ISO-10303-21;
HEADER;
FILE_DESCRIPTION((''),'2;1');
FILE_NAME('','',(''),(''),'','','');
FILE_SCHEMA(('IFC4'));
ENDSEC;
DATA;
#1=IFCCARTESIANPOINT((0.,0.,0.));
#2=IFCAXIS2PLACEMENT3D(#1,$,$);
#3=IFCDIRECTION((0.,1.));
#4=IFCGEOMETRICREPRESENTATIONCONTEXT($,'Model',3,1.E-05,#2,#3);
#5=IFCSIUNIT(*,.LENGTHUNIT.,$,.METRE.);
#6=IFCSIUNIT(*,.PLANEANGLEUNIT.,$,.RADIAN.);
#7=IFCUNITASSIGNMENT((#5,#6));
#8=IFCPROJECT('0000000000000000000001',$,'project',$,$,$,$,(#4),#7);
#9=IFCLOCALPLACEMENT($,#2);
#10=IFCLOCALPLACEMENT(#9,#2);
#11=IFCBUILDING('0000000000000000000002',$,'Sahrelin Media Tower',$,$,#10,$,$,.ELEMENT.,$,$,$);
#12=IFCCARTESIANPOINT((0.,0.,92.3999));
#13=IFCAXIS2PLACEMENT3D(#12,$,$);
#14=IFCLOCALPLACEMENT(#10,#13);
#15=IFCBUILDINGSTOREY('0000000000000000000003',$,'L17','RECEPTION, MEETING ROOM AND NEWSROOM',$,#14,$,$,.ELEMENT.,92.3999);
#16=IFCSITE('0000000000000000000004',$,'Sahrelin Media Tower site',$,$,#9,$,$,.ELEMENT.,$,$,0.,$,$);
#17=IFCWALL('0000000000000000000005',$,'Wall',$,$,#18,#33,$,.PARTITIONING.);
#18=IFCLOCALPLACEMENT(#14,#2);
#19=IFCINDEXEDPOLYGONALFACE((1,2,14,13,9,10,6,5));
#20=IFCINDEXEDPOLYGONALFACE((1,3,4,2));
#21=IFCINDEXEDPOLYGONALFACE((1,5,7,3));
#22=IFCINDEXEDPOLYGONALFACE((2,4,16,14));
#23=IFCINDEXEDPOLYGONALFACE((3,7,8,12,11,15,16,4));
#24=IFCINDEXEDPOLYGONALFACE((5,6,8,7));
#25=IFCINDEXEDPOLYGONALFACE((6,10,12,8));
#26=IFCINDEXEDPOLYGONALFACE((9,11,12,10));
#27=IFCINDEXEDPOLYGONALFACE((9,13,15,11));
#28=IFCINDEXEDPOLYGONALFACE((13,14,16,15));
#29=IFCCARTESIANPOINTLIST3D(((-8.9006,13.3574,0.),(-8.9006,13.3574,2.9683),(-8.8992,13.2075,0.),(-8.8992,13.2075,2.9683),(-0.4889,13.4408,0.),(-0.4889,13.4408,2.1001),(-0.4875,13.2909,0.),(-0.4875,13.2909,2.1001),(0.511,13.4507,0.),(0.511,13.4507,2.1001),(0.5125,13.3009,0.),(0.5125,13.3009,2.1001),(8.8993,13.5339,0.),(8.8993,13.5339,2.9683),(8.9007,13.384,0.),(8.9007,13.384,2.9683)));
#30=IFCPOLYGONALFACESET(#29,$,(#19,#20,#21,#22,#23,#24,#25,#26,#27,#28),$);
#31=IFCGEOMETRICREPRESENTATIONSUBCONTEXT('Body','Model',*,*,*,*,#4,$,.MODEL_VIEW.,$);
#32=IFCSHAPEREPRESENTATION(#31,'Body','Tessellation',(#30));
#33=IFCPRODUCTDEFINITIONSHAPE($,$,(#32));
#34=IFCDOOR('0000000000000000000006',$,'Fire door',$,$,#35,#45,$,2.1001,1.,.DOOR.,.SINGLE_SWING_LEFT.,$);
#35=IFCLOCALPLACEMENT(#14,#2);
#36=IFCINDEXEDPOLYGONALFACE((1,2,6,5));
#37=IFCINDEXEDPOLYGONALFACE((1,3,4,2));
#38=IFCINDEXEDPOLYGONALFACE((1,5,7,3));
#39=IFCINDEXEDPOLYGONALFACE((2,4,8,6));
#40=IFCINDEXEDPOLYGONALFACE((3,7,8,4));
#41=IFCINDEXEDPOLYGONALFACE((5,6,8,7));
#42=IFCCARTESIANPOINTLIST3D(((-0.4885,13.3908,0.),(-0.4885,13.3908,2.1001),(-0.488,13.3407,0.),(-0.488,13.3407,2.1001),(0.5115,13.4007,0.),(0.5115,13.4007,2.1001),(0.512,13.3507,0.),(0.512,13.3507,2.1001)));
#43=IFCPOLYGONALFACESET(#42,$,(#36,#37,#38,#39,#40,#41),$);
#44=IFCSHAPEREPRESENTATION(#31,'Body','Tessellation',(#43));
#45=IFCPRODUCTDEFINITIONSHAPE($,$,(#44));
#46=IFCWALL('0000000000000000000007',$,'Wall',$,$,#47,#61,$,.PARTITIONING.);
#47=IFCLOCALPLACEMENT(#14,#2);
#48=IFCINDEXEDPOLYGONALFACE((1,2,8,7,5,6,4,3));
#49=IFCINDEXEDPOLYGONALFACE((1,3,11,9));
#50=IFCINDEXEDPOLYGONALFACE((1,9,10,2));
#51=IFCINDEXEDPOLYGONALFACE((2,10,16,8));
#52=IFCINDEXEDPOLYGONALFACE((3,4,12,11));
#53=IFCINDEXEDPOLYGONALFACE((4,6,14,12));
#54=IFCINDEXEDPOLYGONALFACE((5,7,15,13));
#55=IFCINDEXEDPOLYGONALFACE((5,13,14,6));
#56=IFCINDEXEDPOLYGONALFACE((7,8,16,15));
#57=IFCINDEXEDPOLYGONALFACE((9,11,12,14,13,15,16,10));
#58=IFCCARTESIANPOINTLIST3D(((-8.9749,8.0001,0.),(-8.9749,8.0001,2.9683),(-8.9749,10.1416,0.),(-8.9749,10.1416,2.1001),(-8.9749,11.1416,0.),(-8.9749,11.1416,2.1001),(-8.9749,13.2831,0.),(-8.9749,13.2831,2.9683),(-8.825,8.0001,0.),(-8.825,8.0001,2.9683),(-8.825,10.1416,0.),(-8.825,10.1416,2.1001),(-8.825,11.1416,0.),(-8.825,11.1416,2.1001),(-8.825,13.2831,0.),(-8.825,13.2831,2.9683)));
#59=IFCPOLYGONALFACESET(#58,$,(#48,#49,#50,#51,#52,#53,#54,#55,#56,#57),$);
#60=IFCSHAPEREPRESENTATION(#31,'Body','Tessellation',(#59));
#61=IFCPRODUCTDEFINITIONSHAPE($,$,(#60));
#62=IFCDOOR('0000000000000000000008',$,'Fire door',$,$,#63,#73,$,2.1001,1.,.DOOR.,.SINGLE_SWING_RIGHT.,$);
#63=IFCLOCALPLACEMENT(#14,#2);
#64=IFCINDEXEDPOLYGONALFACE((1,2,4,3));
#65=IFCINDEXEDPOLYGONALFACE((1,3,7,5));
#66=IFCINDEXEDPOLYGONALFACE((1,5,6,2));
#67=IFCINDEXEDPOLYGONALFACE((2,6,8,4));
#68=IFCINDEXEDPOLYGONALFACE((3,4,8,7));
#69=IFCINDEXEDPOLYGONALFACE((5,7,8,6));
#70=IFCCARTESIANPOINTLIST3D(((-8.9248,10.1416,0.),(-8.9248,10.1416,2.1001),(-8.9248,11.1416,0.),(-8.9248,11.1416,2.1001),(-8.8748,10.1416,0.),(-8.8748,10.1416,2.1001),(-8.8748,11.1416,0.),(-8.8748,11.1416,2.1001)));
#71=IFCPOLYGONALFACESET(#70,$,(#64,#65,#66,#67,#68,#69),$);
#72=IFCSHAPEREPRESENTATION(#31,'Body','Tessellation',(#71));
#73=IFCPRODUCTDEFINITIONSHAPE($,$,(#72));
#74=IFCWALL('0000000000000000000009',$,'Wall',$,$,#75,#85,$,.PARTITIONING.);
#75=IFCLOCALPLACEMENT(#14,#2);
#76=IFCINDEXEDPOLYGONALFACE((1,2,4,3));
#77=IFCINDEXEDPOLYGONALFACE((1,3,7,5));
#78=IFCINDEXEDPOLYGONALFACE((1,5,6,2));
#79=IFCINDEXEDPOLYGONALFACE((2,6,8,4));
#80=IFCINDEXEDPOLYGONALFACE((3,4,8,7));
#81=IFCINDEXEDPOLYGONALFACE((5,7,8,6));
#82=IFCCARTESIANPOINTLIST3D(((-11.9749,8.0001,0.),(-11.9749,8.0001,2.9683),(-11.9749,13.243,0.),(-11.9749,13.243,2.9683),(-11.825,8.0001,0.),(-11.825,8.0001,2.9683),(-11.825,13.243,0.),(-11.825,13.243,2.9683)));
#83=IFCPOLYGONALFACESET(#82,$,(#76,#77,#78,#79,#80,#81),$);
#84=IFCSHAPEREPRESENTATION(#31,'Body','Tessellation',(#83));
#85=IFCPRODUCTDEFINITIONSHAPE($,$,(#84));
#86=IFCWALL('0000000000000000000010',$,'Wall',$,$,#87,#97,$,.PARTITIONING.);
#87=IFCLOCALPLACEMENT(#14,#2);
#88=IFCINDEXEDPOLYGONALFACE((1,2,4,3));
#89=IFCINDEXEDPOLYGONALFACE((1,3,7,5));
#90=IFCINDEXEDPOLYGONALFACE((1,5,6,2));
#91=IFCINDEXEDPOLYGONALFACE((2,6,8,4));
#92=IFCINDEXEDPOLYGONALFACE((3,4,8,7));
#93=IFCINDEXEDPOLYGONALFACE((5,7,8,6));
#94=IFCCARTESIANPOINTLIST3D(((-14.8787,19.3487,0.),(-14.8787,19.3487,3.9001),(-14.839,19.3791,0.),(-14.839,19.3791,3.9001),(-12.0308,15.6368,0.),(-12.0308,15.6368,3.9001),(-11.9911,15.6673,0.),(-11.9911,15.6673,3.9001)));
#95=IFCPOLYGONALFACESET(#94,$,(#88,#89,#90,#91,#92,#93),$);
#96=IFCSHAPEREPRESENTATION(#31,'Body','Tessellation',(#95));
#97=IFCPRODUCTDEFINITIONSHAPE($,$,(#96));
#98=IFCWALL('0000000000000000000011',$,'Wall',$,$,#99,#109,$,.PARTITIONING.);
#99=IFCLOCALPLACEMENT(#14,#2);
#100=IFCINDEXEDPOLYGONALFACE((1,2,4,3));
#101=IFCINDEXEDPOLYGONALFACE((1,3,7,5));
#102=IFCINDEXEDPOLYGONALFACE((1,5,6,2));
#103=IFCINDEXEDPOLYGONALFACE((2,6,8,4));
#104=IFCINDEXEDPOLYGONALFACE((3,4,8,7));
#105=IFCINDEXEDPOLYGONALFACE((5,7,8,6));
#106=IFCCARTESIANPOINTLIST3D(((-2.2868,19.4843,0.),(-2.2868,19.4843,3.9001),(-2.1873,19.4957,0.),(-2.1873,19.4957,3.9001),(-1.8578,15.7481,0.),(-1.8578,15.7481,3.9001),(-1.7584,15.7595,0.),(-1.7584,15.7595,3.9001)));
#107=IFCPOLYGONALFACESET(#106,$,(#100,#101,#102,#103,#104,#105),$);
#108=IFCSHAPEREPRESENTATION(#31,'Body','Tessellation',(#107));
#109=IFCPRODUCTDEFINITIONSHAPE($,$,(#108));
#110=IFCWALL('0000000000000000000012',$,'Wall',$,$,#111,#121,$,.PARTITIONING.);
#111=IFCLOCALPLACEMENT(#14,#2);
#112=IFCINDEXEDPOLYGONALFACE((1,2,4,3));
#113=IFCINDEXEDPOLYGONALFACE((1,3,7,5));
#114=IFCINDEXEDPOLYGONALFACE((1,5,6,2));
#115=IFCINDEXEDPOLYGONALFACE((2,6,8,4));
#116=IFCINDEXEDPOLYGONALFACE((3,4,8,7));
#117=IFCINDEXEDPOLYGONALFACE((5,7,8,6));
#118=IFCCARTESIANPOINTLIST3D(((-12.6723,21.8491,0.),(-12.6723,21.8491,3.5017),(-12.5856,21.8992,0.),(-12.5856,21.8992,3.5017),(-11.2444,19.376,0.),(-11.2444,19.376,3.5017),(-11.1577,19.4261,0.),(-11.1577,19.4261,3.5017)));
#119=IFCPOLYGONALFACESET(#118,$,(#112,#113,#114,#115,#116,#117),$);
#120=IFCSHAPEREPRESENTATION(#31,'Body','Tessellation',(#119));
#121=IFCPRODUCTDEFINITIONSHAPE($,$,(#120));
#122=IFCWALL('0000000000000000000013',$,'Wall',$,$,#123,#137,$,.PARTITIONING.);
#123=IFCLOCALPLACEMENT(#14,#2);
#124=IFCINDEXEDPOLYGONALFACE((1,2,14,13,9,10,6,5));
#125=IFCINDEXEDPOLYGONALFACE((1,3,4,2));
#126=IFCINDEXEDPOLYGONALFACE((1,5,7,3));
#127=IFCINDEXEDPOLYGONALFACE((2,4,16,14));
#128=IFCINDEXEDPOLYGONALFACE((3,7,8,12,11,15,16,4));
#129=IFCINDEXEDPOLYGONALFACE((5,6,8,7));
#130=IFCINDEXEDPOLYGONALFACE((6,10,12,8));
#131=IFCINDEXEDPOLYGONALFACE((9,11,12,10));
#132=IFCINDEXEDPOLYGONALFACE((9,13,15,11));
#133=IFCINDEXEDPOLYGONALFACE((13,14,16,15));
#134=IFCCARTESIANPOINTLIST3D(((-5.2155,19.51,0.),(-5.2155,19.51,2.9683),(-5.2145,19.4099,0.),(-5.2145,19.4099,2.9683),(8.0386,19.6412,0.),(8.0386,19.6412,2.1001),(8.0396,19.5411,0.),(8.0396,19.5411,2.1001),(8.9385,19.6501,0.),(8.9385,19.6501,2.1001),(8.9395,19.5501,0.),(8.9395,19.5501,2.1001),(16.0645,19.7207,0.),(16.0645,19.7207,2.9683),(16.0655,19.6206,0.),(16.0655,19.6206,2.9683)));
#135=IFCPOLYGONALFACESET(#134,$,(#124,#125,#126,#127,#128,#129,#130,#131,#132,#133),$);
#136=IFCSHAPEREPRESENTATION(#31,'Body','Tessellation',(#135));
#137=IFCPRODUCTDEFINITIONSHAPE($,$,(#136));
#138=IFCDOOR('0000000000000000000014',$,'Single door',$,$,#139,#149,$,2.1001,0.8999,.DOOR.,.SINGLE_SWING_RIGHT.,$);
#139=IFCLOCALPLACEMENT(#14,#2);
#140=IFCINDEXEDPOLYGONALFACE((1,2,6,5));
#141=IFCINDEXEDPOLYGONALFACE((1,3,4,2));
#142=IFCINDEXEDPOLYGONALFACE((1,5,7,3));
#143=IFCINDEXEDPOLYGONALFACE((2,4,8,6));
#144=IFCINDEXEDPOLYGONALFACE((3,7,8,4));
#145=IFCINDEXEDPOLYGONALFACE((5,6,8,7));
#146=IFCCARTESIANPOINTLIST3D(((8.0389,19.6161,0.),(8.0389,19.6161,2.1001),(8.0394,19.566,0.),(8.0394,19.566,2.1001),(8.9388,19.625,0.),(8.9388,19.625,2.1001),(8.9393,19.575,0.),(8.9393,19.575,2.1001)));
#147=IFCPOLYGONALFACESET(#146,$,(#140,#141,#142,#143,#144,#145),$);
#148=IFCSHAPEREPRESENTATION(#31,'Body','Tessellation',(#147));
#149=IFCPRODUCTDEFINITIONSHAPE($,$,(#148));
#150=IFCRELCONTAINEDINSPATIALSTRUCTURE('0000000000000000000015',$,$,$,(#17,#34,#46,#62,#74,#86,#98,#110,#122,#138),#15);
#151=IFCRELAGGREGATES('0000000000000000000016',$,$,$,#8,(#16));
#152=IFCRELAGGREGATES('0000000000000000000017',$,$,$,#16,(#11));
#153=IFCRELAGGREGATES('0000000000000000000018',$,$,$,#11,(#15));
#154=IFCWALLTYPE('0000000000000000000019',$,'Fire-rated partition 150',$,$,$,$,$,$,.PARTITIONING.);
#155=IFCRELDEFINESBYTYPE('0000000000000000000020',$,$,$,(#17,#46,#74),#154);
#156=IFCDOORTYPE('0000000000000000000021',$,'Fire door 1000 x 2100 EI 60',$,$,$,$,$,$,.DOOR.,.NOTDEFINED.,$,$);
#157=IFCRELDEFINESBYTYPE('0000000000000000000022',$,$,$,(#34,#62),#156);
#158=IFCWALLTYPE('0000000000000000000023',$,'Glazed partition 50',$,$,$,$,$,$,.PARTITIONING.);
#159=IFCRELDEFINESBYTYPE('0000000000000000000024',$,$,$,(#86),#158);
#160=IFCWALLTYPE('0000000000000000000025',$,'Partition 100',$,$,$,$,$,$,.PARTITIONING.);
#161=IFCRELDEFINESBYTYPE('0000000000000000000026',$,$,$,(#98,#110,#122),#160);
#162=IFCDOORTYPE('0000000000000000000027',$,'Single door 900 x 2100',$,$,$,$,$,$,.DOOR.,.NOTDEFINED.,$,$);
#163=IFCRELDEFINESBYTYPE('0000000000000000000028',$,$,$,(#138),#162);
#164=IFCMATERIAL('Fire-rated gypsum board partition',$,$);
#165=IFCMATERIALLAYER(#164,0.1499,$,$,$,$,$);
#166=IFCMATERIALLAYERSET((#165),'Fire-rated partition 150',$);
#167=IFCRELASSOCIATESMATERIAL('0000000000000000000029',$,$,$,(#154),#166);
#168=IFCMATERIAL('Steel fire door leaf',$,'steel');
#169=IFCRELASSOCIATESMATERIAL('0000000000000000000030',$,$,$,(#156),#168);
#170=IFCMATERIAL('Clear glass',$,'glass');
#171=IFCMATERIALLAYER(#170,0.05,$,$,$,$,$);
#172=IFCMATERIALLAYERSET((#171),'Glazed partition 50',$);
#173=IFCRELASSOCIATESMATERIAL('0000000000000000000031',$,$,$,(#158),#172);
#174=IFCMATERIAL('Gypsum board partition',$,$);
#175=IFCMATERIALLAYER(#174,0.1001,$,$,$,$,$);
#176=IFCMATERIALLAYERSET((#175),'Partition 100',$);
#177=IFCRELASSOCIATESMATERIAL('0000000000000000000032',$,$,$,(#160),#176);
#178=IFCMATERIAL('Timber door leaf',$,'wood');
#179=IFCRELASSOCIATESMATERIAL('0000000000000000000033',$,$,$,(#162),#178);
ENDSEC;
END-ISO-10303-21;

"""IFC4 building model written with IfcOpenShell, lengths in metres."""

from ifc_helpers import new_model, si_unit, direction, frame, frame_2d, origin, place, context, subcontext, project, spatial, rectangle, extrude, material, layer, layer_set, type_object, element, fill, save


model = new_model("IFC4")

# Units and contexts
model_context = context("Model", 3, precision=1e-05, world=origin(), true_north=direction((0.0, 1.0)))
body_context = subcontext(model_context, "Body", "Model", "MODEL_VIEW")
ifc_project = project(units=[si_unit("LENGTHUNIT", "METRE"), si_unit("PLANEANGLEUNIT", "RADIAN")], contexts=[model_context])

# Site, building, storey
site_placement = place(None, origin())
site = spatial("IfcSite", under=ifc_project, at=site_placement, Name="Sahrelin Media Tower site", CompositionType="ELEMENT", RefElevation=0.0)
building_placement = place(site_placement, origin())
building = spatial("IfcBuilding", under=site, at=building_placement, Name="Sahrelin Media Tower", CompositionType="ELEMENT")
storey_placement = place(building_placement, frame((0.0, 0.0, 92.3999)))
storey = spatial("IfcBuildingStorey", under=building, at=storey_placement, Name="L17", Description="RECEPTION, MEETING ROOM AND NEWSROOM", CompositionType="ELEMENT", Elevation=92.3999)

# Shared definitions
ifc_material_1 = material(Name="Fire-rated gypsum board partition")
ifc_layer_1 = layer(ifc_material_1, 0.1499)
ifc_layer_set_1 = layer_set([ifc_layer_1], Name="Fire-rated partition 150")
wall_type_1 = type_object("IfcWallType", Name="Fire-rated partition 150", PredefinedType="PARTITIONING", material=ifc_layer_set_1)

# Walls, openings, doors
wall_1_placement = place(storey_placement, frame((-8.8999, 13.2825, 0.0), z_axis=(0.0, 0.0, 1.0), x_axis=(0.999951, 0.009916, 0.0)))
wall_1 = element("IfcWall", 1, at=wall_1_placement, inside=storey, type_object=wall_type_1, Name="Wall", PredefinedType="PARTITIONING", context=body_context, shape_type="SweptSolid", body=[
    extrude(rectangle(XDim=17.8008, YDim=0.1499, at=frame_2d((8.9004, 0.0))), origin(), (0.0, 0.0, 1.0), 2.9683),
])
opening_1_placement = place(wall_1_placement, frame((8.4121, 0.0, 0.0)))
opening_1 = element("IfcOpeningElement", 2, at=opening_1_placement, cuts=wall_1, PredefinedType="OPENING", context=body_context, shape_type="SweptSolid", body=[
    extrude(rectangle(XDim=1.0, YDim=2.1001, at=frame_2d((0.5, 1.05))), frame((0.0, 0.075, 0.0), z_axis=(0.0, -1.0, 0.0), x_axis=(1.0, 0.0, 0.0)), (0.0, 0.0, 1.0), 0.1499),
])
ifc_material_2 = material(Name="Steel fire door leaf", Category="steel")
door_type_1 = type_object("IfcDoorType", Name="Fire door 1000 x 2100 EI 60", OperationType="NOTDEFINED", PredefinedType="DOOR", material=ifc_material_2)
door_1_placement = place(opening_1_placement, origin())
door_1 = element("IfcDoor", 3, at=door_1_placement, inside=storey, type_object=door_type_1, Name="Fire door", OperationType="SINGLE_SWING_LEFT", OverallHeight=2.1001, OverallWidth=1.0, PredefinedType="DOOR", context=body_context, shape_type="SweptSolid", body=[
    extrude(rectangle(XDim=1.0, YDim=2.1001, at=frame_2d((0.5, 1.05))), frame((0.0, 0.0249, 0.0), z_axis=(0.0, -1.0, 0.0), x_axis=(1.0, 0.0, 0.0)), (0.0, 0.0, 1.0), 0.05),
])
fill(opening_1, door_1)
wall_2_placement = place(storey_placement, frame((-8.8999, 8.0, 0.0), z_axis=(0.0, 0.0, 1.0), x_axis=(0.0, 1.0, 0.0)))
wall_2 = element("IfcWall", 4, at=wall_2_placement, inside=storey, type_object=wall_type_1, Name="Wall", PredefinedType="PARTITIONING", context=body_context, shape_type="SweptSolid", body=[
    extrude(rectangle(XDim=5.283, YDim=0.1499, at=frame_2d((2.6416, 0.0))), origin(), (0.0, 0.0, 1.0), 2.9683),
])
opening_2_placement = place(wall_2_placement, frame((2.1416, 0.0, 0.0)))
opening_2 = element("IfcOpeningElement", 5, at=opening_2_placement, cuts=wall_2, PredefinedType="OPENING", context=body_context, shape_type="SweptSolid", body=[
    extrude(rectangle(XDim=1.0, YDim=2.1001, at=frame_2d((0.5, 1.05))), frame((0.0, 0.075, 0.0), z_axis=(0.0, -1.0, 0.0), x_axis=(1.0, 0.0, 0.0)), (0.0, 0.0, 1.0), 0.1499),
])
door_2_placement = place(opening_2_placement, origin())
door_2 = element("IfcDoor", 6, at=door_2_placement, inside=storey, type_object=door_type_1, Name="Fire door", OperationType="SINGLE_SWING_RIGHT", OverallHeight=2.1001, OverallWidth=1.0, PredefinedType="DOOR", context=body_context, shape_type="SweptSolid", body=[
    extrude(rectangle(XDim=1.0, YDim=2.1001, at=frame_2d((0.5, 1.05))), frame((0.0, 0.0249, 0.0), z_axis=(0.0, -1.0, 0.0), x_axis=(1.0, 0.0, 0.0)), (0.0, 0.0, 1.0), 0.05),
])
fill(opening_2, door_2)

# Walls
wall_3_placement = place(storey_placement, frame((-11.8999, 8.0, 0.0), z_axis=(0.0, 0.0, 1.0), x_axis=(0.0, 1.0, 0.0)))
element("IfcWall", 7, at=wall_3_placement, inside=storey, type_object=wall_type_1, Name="Wall", PredefinedType="PARTITIONING", context=body_context, shape_type="SweptSolid", body=[
    extrude(rectangle(XDim=5.2429, YDim=0.1499, at=frame_2d((2.6216, 0.0))), origin(), (0.0, 0.0, 1.0), 2.9683),
])
ifc_material_3 = material(Name="Clear glass", Category="glass")
ifc_layer_2 = layer(ifc_material_3, 0.05)
ifc_layer_set_2 = layer_set([ifc_layer_2], Name="Glazed partition 50")
wall_type_2 = type_object("IfcWallType", Name="Glazed partition 50", PredefinedType="PARTITIONING", material=ifc_layer_set_2)
wall_4_placement = place(storey_placement, frame((-14.8589, 19.364, 0.0), z_axis=(0.0, 0.0, 1.0), x_axis=(0.608714, -0.79339, 0.0)))
element("IfcWall", 8, at=wall_4_placement, inside=storey, type_object=wall_type_2, Name="Wall", PredefinedType="PARTITIONING", context=body_context, shape_type="SweptSolid", body=[
    extrude(rectangle(XDim=4.6785, YDim=0.05, at=frame_2d((2.3394, 0.0))), origin(), (0.0, 0.0, 1.0), 3.9001),
])
ifc_material_4 = material(Name="Gypsum board partition")
ifc_layer_3 = layer(ifc_material_4, 0.1001)
ifc_layer_set_3 = layer_set([ifc_layer_3], Name="Partition 100")
wall_type_3 = type_object("IfcWallType", Name="Partition 100", PredefinedType="PARTITIONING", material=ifc_layer_set_3)
wall_5_placement = place(storey_placement, frame((-2.2371, 19.49, 0.0), z_axis=(0.0, 0.0, 1.0), x_axis=(0.114065, -0.993473, 0.0)))
element("IfcWall", 9, at=wall_5_placement, inside=storey, type_object=wall_type_3, Name="Wall", PredefinedType="PARTITIONING", context=body_context, shape_type="SweptSolid", body=[
    extrude(rectangle(XDim=3.7607, YDim=0.1001, at=frame_2d((1.8804, 0.0))), origin(), (0.0, 0.0, 1.0), 3.9001),
])
wall_6_placement = place(storey_placement, frame((-12.6289, 21.874, 0.0), z_axis=(0.0, 0.0, 1.0), x_axis=(0.500028, -0.866009, 0.0)))
element("IfcWall", 10, at=wall_6_placement, inside=storey, type_object=wall_type_3, Name="Wall", PredefinedType="PARTITIONING", context=body_context, shape_type="SweptSolid", body=[
    extrude(rectangle(XDim=2.8557, YDim=0.1001, at=frame_2d((1.4277, 0.0))), origin(), (0.0, 0.0, 1.0), 3.5017),
])

# Wall, opening, door
wall_7_placement = place(storey_placement, frame((-5.2151, 19.46, 0.0), z_axis=(0.0, 0.0, 1.0), x_axis=(0.999951, 0.009901, 0.0)))
wall_7 = element("IfcWall", 11, at=wall_7_placement, inside=storey, type_object=wall_type_3, Name="Wall", PredefinedType="PARTITIONING", context=body_context, shape_type="SweptSolid", body=[
    extrude(rectangle(XDim=21.281, YDim=0.1001, at=frame_2d((10.6406, 0.0))), origin(), (0.0, 0.0, 1.0), 2.9683),
])
opening_3_placement = place(wall_7_placement, frame((13.2549, 0.0, 0.0)))
opening_3 = element("IfcOpeningElement", 12, at=opening_3_placement, cuts=wall_7, PredefinedType="OPENING", context=body_context, shape_type="SweptSolid", body=[
    extrude(rectangle(XDim=0.8999, YDim=2.1001, at=frame_2d((0.45, 1.05))), frame((0.0, 0.05, 0.0), z_axis=(0.0, -1.0, 0.0), x_axis=(1.0, 0.0, 0.0)), (0.0, 0.0, 1.0), 0.1001),
])
ifc_material_5 = material(Name="Timber door leaf", Category="wood")
door_type_2 = type_object("IfcDoorType", Name="Single door 900 x 2100", OperationType="NOTDEFINED", PredefinedType="DOOR", material=ifc_material_5)
door_3_placement = place(opening_3_placement, origin())
door_3 = element("IfcDoor", 13, at=door_3_placement, inside=storey, type_object=door_type_2, Name="Single door", OperationType="SINGLE_SWING_RIGHT", OverallHeight=2.1001, OverallWidth=0.8999, PredefinedType="DOOR", context=body_context, shape_type="SweptSolid", body=[
    extrude(rectangle(XDim=0.8999, YDim=2.1001, at=frame_2d((0.45, 1.05))), frame((0.0, 0.0249, 0.0), z_axis=(0.0, -1.0, 0.0), x_axis=(1.0, 0.0, 0.0)), (0.0, 0.0, 1.0), 0.05),
])
fill(opening_3, door_3)

save(model, "model.ifc")
